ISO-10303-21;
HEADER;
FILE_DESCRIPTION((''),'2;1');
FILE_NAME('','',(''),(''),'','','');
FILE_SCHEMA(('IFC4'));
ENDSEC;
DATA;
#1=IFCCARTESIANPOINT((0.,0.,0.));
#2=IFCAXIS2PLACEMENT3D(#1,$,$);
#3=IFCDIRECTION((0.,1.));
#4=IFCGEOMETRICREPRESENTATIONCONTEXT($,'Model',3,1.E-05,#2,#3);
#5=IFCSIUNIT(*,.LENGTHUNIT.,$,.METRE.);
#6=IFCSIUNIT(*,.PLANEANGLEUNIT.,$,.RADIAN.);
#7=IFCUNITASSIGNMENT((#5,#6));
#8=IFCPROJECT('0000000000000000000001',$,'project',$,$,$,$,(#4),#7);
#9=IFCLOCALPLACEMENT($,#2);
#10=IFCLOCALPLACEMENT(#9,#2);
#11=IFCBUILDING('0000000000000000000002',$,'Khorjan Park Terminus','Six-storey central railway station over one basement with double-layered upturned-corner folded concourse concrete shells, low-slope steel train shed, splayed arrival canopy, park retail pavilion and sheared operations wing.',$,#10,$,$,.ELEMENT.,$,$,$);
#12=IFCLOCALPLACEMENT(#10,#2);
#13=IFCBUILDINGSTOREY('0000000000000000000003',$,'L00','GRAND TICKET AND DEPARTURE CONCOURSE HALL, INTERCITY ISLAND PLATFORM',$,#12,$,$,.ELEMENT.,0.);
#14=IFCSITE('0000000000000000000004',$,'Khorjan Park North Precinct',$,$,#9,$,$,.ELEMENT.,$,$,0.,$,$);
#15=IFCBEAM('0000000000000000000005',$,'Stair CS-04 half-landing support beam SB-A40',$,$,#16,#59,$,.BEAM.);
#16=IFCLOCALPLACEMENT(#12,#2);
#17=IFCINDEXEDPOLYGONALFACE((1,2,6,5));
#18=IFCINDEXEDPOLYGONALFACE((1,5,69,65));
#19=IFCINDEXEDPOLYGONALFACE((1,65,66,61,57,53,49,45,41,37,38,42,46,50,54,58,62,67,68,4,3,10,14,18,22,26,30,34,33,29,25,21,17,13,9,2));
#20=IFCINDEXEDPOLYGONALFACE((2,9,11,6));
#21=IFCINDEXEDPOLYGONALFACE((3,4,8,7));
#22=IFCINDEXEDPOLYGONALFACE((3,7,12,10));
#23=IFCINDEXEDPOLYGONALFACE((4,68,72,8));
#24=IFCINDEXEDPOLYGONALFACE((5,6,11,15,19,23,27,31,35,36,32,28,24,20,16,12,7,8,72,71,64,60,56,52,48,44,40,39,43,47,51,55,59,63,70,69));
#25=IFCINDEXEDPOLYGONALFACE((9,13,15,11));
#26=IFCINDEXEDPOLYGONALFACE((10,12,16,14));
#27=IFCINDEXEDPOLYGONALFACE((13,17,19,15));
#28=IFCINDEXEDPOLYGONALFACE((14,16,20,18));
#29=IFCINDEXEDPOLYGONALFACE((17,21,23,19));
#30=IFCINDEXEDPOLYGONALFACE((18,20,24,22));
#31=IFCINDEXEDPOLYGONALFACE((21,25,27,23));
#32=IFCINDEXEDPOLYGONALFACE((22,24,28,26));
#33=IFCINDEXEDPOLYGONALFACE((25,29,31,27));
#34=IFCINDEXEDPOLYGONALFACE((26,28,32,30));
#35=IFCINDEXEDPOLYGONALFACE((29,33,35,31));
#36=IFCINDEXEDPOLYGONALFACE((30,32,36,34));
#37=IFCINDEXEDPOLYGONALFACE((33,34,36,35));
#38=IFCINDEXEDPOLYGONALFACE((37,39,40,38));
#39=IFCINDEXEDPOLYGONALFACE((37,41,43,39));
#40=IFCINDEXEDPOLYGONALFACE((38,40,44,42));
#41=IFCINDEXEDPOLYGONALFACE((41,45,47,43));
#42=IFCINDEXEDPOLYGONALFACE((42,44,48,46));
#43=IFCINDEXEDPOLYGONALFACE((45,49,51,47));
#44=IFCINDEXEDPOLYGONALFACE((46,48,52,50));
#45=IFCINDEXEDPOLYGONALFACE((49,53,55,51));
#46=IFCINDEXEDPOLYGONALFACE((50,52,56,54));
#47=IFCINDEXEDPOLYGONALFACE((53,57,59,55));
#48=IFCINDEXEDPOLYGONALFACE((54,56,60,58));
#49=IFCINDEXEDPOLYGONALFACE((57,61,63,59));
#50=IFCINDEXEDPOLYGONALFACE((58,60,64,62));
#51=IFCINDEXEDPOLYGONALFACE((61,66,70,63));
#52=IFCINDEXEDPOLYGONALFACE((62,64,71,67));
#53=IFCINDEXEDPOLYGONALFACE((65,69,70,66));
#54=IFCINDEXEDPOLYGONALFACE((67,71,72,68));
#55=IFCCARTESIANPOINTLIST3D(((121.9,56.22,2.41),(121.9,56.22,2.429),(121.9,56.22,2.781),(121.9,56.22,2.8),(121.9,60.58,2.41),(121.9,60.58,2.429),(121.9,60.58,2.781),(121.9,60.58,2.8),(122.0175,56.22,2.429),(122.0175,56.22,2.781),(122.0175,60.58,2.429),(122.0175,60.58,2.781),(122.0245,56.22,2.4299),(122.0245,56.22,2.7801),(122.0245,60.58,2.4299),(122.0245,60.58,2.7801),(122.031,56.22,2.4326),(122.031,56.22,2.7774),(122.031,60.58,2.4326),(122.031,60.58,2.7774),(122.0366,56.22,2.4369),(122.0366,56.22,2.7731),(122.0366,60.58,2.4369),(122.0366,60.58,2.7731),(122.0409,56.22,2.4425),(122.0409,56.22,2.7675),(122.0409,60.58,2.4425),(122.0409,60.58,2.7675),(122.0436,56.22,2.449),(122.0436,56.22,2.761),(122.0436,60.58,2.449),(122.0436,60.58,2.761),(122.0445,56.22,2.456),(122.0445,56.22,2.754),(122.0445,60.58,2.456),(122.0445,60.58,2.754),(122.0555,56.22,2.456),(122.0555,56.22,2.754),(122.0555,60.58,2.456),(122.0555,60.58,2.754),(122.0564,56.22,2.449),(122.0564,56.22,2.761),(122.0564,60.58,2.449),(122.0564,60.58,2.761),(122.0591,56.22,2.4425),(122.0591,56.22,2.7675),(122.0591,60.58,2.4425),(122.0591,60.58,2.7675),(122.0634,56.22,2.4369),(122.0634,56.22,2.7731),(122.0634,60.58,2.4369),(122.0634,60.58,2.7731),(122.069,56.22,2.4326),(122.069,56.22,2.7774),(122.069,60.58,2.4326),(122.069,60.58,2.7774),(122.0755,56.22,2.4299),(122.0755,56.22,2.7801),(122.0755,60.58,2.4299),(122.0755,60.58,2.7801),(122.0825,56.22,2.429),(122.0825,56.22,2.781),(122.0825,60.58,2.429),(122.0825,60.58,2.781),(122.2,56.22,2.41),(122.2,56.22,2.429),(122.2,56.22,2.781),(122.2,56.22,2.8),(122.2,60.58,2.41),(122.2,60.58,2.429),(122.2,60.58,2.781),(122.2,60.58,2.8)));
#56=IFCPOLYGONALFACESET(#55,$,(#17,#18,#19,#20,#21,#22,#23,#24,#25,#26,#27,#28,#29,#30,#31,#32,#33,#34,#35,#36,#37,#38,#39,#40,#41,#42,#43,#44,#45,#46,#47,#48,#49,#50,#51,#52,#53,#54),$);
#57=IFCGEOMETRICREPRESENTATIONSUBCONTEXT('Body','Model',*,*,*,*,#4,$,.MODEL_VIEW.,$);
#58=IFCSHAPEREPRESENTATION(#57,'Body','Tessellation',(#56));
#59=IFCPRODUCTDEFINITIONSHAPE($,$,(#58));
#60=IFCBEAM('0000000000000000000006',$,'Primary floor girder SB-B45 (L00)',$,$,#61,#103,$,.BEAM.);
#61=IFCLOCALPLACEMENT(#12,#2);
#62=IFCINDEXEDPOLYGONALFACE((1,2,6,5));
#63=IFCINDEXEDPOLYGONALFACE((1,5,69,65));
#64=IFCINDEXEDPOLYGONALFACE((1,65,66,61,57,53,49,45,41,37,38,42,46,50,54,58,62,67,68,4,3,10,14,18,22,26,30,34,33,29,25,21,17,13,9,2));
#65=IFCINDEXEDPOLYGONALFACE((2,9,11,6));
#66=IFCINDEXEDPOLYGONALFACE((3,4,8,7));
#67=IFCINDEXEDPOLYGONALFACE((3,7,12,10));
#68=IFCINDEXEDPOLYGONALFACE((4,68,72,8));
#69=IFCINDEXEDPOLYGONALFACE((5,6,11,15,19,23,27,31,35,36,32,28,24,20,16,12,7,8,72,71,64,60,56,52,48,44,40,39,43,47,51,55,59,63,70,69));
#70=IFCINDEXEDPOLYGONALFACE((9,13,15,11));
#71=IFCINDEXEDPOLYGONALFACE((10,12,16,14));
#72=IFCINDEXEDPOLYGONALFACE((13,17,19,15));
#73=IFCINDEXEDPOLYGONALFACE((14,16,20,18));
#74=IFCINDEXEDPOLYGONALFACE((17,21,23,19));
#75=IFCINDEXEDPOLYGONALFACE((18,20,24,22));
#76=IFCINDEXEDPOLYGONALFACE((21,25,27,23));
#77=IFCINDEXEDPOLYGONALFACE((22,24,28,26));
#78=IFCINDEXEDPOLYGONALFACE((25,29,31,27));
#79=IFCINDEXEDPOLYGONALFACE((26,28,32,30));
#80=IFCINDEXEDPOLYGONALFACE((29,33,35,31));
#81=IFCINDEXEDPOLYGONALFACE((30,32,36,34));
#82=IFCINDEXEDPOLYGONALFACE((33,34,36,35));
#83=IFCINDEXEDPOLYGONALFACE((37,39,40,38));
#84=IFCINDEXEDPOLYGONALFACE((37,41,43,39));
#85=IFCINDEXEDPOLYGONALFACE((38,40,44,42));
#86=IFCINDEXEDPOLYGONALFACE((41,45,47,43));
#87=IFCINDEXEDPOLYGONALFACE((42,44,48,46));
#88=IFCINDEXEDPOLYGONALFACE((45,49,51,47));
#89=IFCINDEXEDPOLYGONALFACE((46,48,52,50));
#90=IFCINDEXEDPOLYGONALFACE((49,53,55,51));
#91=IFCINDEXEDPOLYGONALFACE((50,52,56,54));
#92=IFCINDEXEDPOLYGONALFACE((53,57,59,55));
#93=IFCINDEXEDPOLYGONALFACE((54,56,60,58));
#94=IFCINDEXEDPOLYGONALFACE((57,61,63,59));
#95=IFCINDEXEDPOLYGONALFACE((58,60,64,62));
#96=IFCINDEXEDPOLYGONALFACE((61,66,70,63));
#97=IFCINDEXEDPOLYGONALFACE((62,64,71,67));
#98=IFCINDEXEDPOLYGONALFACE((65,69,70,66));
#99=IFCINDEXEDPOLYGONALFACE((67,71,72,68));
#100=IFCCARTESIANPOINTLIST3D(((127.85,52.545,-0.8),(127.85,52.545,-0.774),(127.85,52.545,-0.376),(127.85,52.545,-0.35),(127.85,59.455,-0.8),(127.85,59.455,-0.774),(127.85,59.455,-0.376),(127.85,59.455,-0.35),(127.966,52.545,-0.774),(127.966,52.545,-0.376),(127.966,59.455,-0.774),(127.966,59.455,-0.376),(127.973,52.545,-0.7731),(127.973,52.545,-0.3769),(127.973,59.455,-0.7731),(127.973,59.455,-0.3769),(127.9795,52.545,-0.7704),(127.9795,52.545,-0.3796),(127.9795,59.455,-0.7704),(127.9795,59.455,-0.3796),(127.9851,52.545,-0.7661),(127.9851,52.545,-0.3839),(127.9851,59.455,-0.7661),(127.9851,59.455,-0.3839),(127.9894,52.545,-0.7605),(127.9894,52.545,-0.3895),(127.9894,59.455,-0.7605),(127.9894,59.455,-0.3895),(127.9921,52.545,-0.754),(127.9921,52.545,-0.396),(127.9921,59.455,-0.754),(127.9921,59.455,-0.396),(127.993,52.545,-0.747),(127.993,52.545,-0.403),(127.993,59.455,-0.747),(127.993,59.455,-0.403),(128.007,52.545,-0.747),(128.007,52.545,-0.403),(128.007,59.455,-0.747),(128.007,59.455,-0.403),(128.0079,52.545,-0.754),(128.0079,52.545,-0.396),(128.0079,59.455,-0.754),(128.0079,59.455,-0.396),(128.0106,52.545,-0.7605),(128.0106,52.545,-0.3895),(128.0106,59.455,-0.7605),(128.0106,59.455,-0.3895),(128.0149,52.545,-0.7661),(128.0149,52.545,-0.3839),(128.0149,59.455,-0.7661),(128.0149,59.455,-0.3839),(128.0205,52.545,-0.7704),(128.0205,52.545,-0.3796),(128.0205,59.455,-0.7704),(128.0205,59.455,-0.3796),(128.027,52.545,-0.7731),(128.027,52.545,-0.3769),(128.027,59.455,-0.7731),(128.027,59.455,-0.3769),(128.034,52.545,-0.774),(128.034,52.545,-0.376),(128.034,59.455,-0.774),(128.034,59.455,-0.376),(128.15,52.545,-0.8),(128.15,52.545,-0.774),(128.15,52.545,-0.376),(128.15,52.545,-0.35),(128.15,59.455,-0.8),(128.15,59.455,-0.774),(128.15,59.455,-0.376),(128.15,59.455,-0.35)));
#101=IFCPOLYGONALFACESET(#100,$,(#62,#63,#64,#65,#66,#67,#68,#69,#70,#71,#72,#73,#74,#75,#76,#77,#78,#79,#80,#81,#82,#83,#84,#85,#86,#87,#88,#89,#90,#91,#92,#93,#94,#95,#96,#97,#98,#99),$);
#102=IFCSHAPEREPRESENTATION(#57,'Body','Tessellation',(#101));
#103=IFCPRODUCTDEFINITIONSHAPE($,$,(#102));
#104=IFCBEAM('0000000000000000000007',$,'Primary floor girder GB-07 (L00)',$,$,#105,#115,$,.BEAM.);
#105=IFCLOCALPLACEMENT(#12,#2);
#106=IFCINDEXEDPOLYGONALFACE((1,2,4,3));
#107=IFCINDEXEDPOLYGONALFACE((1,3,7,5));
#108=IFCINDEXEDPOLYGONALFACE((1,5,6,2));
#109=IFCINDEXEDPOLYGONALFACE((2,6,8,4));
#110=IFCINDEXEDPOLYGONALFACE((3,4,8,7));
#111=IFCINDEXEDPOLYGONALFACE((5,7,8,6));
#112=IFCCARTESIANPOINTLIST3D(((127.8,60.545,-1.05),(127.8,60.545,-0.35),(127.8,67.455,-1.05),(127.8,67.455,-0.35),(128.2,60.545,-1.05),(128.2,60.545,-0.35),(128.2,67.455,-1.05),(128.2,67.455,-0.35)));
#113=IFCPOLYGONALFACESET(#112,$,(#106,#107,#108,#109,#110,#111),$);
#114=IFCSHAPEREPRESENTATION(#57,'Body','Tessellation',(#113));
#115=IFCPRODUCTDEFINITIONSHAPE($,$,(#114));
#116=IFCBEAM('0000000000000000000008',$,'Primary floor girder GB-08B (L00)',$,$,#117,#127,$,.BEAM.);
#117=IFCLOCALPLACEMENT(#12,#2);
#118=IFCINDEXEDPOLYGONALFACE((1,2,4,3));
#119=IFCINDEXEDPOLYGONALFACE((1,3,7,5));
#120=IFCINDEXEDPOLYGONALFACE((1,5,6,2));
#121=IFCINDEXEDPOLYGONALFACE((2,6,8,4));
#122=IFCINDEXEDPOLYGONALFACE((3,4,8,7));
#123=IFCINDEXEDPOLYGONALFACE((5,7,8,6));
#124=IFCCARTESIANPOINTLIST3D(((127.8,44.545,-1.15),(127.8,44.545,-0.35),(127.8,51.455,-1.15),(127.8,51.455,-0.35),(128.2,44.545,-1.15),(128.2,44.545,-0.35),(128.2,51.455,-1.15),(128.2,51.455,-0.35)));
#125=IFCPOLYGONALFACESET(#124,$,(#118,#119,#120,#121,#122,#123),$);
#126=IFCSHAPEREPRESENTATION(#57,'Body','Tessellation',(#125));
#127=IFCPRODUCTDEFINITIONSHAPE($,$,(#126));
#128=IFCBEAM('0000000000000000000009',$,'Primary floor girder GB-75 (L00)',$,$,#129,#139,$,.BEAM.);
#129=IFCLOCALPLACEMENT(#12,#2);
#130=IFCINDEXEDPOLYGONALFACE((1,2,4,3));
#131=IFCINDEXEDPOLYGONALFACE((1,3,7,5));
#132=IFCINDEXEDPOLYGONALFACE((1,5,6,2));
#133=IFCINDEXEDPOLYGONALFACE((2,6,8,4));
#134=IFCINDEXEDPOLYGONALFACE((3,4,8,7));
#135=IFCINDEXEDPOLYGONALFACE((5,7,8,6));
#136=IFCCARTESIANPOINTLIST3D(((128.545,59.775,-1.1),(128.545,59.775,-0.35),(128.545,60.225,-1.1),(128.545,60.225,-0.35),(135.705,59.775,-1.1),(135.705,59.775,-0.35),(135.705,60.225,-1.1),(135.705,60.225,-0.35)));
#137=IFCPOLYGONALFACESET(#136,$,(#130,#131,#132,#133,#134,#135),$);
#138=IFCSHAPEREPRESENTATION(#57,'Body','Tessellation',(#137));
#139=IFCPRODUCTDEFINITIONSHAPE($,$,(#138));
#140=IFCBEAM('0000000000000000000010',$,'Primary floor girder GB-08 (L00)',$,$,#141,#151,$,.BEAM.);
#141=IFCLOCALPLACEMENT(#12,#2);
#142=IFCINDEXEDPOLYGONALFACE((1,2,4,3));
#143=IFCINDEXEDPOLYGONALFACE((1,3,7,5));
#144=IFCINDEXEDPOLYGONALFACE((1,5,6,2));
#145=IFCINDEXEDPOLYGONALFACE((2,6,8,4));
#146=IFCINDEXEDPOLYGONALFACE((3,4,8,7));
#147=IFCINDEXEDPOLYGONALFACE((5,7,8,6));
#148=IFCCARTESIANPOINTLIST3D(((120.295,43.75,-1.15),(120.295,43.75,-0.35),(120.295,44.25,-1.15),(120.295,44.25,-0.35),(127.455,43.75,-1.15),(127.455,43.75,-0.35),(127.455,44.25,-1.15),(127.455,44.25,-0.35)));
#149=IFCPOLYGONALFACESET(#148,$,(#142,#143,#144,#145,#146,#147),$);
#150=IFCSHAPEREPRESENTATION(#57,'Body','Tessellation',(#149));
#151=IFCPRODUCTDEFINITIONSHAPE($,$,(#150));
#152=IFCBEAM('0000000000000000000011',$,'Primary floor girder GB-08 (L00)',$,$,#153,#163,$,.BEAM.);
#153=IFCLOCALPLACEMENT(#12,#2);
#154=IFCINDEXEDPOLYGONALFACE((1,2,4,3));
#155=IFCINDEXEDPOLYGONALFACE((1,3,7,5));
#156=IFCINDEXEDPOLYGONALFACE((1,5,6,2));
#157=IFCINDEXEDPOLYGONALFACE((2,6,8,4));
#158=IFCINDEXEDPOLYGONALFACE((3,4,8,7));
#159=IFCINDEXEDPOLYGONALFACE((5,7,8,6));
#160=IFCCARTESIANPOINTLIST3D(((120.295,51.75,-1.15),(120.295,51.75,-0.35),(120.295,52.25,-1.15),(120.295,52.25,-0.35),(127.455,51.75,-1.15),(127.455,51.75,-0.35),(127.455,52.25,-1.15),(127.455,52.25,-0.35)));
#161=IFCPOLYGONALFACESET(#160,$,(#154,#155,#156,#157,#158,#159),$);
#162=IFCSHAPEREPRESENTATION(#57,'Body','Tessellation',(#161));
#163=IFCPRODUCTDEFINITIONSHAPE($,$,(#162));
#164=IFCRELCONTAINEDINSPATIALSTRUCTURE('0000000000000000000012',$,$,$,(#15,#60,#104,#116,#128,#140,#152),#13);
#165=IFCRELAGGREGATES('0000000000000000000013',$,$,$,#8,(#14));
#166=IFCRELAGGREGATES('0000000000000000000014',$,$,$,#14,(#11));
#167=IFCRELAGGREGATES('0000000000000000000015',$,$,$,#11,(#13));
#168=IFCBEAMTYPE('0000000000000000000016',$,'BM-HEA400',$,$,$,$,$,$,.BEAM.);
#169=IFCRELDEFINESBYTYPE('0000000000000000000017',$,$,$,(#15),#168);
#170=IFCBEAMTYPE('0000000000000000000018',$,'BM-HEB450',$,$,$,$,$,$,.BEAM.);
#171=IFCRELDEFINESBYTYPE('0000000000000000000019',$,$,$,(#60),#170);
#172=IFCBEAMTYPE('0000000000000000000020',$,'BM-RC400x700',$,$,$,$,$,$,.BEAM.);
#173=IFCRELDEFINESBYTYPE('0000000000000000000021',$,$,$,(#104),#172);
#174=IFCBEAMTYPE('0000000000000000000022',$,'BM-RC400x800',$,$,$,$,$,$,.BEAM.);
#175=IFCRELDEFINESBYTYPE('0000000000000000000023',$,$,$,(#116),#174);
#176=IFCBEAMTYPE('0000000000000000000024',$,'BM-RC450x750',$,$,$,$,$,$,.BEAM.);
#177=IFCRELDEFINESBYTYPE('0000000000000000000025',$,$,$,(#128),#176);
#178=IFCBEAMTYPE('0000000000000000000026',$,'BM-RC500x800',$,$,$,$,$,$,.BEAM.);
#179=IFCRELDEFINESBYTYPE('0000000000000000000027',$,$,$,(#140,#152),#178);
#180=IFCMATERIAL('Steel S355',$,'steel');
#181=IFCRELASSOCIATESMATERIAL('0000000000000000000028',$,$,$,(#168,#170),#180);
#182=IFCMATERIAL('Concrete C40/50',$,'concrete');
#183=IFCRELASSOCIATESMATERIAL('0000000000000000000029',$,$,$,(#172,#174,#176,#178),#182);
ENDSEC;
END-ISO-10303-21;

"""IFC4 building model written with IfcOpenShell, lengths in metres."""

from ifc_helpers import new_model, si_unit, direction, frame, origin, origin_2d, place, context, subcontext, project, spatial, rectangle, i_section, extrude, material, material_profile, profile_set, type_object, element, save


model = new_model("IFC4")

# Units and contexts
model_context = context("Model", 3, precision=1e-05, world=origin(), true_north=direction((0.0, 1.0)))
body_context = subcontext(model_context, "Body", "Model", "MODEL_VIEW")
ifc_project = project(units=[si_unit("LENGTHUNIT", "METRE"), si_unit("PLANEANGLEUNIT", "RADIAN")], contexts=[model_context])

# Site, building, storey
site_placement = place(None, origin())
site = spatial("IfcSite", under=ifc_project, at=site_placement, Name="Khorjan Park North Precinct", CompositionType="ELEMENT", RefElevation=0.0)
building_placement = place(site_placement, origin())
building = spatial("IfcBuilding", under=site, at=building_placement, Name="Khorjan Park Terminus", Description="Six-storey central railway station over one basement with double-layered upturned-corner folded concourse concrete shells, low-slope steel train shed, splayed arrival canopy, park retail pavilion and sheared operations wing.", CompositionType="ELEMENT")
storey_placement = place(building_placement, origin())
storey = spatial("IfcBuildingStorey", under=building, at=storey_placement, Name="L00", Description="GRAND TICKET AND DEPARTURE CONCOURSE HALL, INTERCITY ISLAND PLATFORM", CompositionType="ELEMENT", Elevation=0.0)

# Shared definitions
ifc_material_1 = material(Name="Steel S355", Category="steel")

# Beams
ifc_material_profile_1 = material_profile(ifc_material_1, i_section(OverallWidth=0.3, OverallDepth=0.39, WebThickness=0.011, FlangeThickness=0.019, FilletRadius=0.027, at=origin_2d()), Name="HEA 400")
ifc_profile_set_1 = profile_set([ifc_material_profile_1], Name="Steel S355")
beam_type_1 = type_object("IfcBeamType", Name="BM-HEA400", PredefinedType="BEAM", material=ifc_profile_set_1)
beam_1_placement = place(storey_placement, frame((122.05, 56.22, 2.605), z_axis=(0.0, 1.0, 0.0), x_axis=(-1.0, 0.0, 0.0)))
element("IfcBeam", 1, at=beam_1_placement, inside=storey, type_object=beam_type_1, Name="Stair CS-04 half-landing support beam SB-A40", PredefinedType="BEAM", context=body_context, shape_type="SweptSolid", body=[
    extrude(i_section(OverallWidth=0.3, OverallDepth=0.39, WebThickness=0.011, FlangeThickness=0.019, FilletRadius=0.027, at=origin_2d()), origin(), (0.0, 0.0, 1.0), 4.36),
])
ifc_material_profile_2 = material_profile(ifc_material_1, i_section(OverallWidth=0.3, OverallDepth=0.45, WebThickness=0.014, FlangeThickness=0.026, FilletRadius=0.027, at=origin_2d()), Name="HEB 450")
ifc_profile_set_2 = profile_set([ifc_material_profile_2], Name="Steel S355")
beam_type_2 = type_object("IfcBeamType", Name="BM-HEB450", PredefinedType="BEAM", material=ifc_profile_set_2)
beam_2_placement = place(storey_placement, frame((128.0, 52.545, -0.575), z_axis=(0.0, 1.0, 0.0), x_axis=(-1.0, 0.0, 0.0)))
element("IfcBeam", 2, at=beam_2_placement, inside=storey, type_object=beam_type_2, Name="Primary floor girder SB-B45 (L00)", PredefinedType="BEAM", context=body_context, shape_type="SweptSolid", body=[
    extrude(i_section(OverallWidth=0.3, OverallDepth=0.45, WebThickness=0.014, FlangeThickness=0.026, FilletRadius=0.027, at=origin_2d()), origin(), (0.0, 0.0, 1.0), 6.91),
])
ifc_material_2 = material(Name="Concrete C40/50", Category="concrete")
ifc_material_profile_3 = material_profile(ifc_material_2, rectangle(XDim=0.4, YDim=0.7, at=origin_2d()), Name="RC 400x700")
ifc_profile_set_3 = profile_set([ifc_material_profile_3], Name="Concrete C40/50")
beam_type_3 = type_object("IfcBeamType", Name="BM-RC400x700", PredefinedType="BEAM", material=ifc_profile_set_3)
beam_3_placement = place(storey_placement, frame((128.0, 60.545, -0.7), z_axis=(0.0, 1.0, 0.0), x_axis=(-1.0, 0.0, 0.0)))
element("IfcBeam", 3, at=beam_3_placement, inside=storey, type_object=beam_type_3, Name="Primary floor girder GB-07 (L00)", PredefinedType="BEAM", context=body_context, shape_type="SweptSolid", body=[
    extrude(rectangle(XDim=0.4, YDim=0.7, at=origin_2d()), origin(), (0.0, 0.0, 1.0), 6.91),
])
ifc_material_profile_4 = material_profile(ifc_material_2, rectangle(XDim=0.4, YDim=0.8, at=origin_2d()), Name="RC 400x800")
ifc_profile_set_4 = profile_set([ifc_material_profile_4], Name="Concrete C40/50")
beam_type_4 = type_object("IfcBeamType", Name="BM-RC400x800", PredefinedType="BEAM", material=ifc_profile_set_4)
beam_4_placement = place(storey_placement, frame((128.0, 44.545, -0.75), z_axis=(0.0, 1.0, 0.0), x_axis=(-1.0, 0.0, 0.0)))
element("IfcBeam", 4, at=beam_4_placement, inside=storey, type_object=beam_type_4, Name="Primary floor girder GB-08B (L00)", PredefinedType="BEAM", context=body_context, shape_type="SweptSolid", body=[
    extrude(rectangle(XDim=0.4, YDim=0.8, at=origin_2d()), origin(), (0.0, 0.0, 1.0), 6.91),
])
ifc_material_profile_5 = material_profile(ifc_material_2, rectangle(XDim=0.45, YDim=0.75, at=origin_2d()), Name="RC 450x750")
ifc_profile_set_5 = profile_set([ifc_material_profile_5], Name="Concrete C40/50")
beam_type_5 = type_object("IfcBeamType", Name="BM-RC450x750", PredefinedType="BEAM", material=ifc_profile_set_5)
beam_5_placement = place(storey_placement, frame((128.545, 60.0, -0.725), z_axis=(1.0, 0.0, 0.0), x_axis=(0.0, 1.0, 0.0)))
element("IfcBeam", 5, at=beam_5_placement, inside=storey, type_object=beam_type_5, Name="Primary floor girder GB-75 (L00)", PredefinedType="BEAM", context=body_context, shape_type="SweptSolid", body=[
    extrude(rectangle(XDim=0.45, YDim=0.75, at=origin_2d()), origin(), (0.0, 0.0, 1.0), 7.16),
])
ifc_material_profile_6 = material_profile(ifc_material_2, rectangle(XDim=0.5, YDim=0.8, at=origin_2d()), Name="RC 500x800")
ifc_profile_set_6 = profile_set([ifc_material_profile_6], Name="Concrete C40/50")
beam_type_6 = type_object("IfcBeamType", Name="BM-RC500x800", PredefinedType="BEAM", material=ifc_profile_set_6)
for number, where, z_axis, x_axis, name in (
    (6, (120.295, 44.0, -0.75), (1.0, 0.0, 0.0), (0.0, 1.0, 0.0), "Primary floor girder GB-08 (L00)"),
    (7, (120.295, 52.0, -0.75), (1.0, 0.0, 0.0), (0.0, 1.0, 0.0), "Primary floor girder GB-08 (L00)"),
):
    element("IfcBeam", number, at=place(storey_placement, frame(where, z_axis=z_axis, x_axis=x_axis)), inside=storey, type_object=beam_type_6, Name=name, PredefinedType="BEAM", context=body_context, shape_type="SweptSolid", body=[
        extrude(rectangle(XDim=0.5, YDim=0.8, at=origin_2d()), origin(), (0.0, 0.0, 1.0), 7.16),
    ])

save(model, "model.ifc")
